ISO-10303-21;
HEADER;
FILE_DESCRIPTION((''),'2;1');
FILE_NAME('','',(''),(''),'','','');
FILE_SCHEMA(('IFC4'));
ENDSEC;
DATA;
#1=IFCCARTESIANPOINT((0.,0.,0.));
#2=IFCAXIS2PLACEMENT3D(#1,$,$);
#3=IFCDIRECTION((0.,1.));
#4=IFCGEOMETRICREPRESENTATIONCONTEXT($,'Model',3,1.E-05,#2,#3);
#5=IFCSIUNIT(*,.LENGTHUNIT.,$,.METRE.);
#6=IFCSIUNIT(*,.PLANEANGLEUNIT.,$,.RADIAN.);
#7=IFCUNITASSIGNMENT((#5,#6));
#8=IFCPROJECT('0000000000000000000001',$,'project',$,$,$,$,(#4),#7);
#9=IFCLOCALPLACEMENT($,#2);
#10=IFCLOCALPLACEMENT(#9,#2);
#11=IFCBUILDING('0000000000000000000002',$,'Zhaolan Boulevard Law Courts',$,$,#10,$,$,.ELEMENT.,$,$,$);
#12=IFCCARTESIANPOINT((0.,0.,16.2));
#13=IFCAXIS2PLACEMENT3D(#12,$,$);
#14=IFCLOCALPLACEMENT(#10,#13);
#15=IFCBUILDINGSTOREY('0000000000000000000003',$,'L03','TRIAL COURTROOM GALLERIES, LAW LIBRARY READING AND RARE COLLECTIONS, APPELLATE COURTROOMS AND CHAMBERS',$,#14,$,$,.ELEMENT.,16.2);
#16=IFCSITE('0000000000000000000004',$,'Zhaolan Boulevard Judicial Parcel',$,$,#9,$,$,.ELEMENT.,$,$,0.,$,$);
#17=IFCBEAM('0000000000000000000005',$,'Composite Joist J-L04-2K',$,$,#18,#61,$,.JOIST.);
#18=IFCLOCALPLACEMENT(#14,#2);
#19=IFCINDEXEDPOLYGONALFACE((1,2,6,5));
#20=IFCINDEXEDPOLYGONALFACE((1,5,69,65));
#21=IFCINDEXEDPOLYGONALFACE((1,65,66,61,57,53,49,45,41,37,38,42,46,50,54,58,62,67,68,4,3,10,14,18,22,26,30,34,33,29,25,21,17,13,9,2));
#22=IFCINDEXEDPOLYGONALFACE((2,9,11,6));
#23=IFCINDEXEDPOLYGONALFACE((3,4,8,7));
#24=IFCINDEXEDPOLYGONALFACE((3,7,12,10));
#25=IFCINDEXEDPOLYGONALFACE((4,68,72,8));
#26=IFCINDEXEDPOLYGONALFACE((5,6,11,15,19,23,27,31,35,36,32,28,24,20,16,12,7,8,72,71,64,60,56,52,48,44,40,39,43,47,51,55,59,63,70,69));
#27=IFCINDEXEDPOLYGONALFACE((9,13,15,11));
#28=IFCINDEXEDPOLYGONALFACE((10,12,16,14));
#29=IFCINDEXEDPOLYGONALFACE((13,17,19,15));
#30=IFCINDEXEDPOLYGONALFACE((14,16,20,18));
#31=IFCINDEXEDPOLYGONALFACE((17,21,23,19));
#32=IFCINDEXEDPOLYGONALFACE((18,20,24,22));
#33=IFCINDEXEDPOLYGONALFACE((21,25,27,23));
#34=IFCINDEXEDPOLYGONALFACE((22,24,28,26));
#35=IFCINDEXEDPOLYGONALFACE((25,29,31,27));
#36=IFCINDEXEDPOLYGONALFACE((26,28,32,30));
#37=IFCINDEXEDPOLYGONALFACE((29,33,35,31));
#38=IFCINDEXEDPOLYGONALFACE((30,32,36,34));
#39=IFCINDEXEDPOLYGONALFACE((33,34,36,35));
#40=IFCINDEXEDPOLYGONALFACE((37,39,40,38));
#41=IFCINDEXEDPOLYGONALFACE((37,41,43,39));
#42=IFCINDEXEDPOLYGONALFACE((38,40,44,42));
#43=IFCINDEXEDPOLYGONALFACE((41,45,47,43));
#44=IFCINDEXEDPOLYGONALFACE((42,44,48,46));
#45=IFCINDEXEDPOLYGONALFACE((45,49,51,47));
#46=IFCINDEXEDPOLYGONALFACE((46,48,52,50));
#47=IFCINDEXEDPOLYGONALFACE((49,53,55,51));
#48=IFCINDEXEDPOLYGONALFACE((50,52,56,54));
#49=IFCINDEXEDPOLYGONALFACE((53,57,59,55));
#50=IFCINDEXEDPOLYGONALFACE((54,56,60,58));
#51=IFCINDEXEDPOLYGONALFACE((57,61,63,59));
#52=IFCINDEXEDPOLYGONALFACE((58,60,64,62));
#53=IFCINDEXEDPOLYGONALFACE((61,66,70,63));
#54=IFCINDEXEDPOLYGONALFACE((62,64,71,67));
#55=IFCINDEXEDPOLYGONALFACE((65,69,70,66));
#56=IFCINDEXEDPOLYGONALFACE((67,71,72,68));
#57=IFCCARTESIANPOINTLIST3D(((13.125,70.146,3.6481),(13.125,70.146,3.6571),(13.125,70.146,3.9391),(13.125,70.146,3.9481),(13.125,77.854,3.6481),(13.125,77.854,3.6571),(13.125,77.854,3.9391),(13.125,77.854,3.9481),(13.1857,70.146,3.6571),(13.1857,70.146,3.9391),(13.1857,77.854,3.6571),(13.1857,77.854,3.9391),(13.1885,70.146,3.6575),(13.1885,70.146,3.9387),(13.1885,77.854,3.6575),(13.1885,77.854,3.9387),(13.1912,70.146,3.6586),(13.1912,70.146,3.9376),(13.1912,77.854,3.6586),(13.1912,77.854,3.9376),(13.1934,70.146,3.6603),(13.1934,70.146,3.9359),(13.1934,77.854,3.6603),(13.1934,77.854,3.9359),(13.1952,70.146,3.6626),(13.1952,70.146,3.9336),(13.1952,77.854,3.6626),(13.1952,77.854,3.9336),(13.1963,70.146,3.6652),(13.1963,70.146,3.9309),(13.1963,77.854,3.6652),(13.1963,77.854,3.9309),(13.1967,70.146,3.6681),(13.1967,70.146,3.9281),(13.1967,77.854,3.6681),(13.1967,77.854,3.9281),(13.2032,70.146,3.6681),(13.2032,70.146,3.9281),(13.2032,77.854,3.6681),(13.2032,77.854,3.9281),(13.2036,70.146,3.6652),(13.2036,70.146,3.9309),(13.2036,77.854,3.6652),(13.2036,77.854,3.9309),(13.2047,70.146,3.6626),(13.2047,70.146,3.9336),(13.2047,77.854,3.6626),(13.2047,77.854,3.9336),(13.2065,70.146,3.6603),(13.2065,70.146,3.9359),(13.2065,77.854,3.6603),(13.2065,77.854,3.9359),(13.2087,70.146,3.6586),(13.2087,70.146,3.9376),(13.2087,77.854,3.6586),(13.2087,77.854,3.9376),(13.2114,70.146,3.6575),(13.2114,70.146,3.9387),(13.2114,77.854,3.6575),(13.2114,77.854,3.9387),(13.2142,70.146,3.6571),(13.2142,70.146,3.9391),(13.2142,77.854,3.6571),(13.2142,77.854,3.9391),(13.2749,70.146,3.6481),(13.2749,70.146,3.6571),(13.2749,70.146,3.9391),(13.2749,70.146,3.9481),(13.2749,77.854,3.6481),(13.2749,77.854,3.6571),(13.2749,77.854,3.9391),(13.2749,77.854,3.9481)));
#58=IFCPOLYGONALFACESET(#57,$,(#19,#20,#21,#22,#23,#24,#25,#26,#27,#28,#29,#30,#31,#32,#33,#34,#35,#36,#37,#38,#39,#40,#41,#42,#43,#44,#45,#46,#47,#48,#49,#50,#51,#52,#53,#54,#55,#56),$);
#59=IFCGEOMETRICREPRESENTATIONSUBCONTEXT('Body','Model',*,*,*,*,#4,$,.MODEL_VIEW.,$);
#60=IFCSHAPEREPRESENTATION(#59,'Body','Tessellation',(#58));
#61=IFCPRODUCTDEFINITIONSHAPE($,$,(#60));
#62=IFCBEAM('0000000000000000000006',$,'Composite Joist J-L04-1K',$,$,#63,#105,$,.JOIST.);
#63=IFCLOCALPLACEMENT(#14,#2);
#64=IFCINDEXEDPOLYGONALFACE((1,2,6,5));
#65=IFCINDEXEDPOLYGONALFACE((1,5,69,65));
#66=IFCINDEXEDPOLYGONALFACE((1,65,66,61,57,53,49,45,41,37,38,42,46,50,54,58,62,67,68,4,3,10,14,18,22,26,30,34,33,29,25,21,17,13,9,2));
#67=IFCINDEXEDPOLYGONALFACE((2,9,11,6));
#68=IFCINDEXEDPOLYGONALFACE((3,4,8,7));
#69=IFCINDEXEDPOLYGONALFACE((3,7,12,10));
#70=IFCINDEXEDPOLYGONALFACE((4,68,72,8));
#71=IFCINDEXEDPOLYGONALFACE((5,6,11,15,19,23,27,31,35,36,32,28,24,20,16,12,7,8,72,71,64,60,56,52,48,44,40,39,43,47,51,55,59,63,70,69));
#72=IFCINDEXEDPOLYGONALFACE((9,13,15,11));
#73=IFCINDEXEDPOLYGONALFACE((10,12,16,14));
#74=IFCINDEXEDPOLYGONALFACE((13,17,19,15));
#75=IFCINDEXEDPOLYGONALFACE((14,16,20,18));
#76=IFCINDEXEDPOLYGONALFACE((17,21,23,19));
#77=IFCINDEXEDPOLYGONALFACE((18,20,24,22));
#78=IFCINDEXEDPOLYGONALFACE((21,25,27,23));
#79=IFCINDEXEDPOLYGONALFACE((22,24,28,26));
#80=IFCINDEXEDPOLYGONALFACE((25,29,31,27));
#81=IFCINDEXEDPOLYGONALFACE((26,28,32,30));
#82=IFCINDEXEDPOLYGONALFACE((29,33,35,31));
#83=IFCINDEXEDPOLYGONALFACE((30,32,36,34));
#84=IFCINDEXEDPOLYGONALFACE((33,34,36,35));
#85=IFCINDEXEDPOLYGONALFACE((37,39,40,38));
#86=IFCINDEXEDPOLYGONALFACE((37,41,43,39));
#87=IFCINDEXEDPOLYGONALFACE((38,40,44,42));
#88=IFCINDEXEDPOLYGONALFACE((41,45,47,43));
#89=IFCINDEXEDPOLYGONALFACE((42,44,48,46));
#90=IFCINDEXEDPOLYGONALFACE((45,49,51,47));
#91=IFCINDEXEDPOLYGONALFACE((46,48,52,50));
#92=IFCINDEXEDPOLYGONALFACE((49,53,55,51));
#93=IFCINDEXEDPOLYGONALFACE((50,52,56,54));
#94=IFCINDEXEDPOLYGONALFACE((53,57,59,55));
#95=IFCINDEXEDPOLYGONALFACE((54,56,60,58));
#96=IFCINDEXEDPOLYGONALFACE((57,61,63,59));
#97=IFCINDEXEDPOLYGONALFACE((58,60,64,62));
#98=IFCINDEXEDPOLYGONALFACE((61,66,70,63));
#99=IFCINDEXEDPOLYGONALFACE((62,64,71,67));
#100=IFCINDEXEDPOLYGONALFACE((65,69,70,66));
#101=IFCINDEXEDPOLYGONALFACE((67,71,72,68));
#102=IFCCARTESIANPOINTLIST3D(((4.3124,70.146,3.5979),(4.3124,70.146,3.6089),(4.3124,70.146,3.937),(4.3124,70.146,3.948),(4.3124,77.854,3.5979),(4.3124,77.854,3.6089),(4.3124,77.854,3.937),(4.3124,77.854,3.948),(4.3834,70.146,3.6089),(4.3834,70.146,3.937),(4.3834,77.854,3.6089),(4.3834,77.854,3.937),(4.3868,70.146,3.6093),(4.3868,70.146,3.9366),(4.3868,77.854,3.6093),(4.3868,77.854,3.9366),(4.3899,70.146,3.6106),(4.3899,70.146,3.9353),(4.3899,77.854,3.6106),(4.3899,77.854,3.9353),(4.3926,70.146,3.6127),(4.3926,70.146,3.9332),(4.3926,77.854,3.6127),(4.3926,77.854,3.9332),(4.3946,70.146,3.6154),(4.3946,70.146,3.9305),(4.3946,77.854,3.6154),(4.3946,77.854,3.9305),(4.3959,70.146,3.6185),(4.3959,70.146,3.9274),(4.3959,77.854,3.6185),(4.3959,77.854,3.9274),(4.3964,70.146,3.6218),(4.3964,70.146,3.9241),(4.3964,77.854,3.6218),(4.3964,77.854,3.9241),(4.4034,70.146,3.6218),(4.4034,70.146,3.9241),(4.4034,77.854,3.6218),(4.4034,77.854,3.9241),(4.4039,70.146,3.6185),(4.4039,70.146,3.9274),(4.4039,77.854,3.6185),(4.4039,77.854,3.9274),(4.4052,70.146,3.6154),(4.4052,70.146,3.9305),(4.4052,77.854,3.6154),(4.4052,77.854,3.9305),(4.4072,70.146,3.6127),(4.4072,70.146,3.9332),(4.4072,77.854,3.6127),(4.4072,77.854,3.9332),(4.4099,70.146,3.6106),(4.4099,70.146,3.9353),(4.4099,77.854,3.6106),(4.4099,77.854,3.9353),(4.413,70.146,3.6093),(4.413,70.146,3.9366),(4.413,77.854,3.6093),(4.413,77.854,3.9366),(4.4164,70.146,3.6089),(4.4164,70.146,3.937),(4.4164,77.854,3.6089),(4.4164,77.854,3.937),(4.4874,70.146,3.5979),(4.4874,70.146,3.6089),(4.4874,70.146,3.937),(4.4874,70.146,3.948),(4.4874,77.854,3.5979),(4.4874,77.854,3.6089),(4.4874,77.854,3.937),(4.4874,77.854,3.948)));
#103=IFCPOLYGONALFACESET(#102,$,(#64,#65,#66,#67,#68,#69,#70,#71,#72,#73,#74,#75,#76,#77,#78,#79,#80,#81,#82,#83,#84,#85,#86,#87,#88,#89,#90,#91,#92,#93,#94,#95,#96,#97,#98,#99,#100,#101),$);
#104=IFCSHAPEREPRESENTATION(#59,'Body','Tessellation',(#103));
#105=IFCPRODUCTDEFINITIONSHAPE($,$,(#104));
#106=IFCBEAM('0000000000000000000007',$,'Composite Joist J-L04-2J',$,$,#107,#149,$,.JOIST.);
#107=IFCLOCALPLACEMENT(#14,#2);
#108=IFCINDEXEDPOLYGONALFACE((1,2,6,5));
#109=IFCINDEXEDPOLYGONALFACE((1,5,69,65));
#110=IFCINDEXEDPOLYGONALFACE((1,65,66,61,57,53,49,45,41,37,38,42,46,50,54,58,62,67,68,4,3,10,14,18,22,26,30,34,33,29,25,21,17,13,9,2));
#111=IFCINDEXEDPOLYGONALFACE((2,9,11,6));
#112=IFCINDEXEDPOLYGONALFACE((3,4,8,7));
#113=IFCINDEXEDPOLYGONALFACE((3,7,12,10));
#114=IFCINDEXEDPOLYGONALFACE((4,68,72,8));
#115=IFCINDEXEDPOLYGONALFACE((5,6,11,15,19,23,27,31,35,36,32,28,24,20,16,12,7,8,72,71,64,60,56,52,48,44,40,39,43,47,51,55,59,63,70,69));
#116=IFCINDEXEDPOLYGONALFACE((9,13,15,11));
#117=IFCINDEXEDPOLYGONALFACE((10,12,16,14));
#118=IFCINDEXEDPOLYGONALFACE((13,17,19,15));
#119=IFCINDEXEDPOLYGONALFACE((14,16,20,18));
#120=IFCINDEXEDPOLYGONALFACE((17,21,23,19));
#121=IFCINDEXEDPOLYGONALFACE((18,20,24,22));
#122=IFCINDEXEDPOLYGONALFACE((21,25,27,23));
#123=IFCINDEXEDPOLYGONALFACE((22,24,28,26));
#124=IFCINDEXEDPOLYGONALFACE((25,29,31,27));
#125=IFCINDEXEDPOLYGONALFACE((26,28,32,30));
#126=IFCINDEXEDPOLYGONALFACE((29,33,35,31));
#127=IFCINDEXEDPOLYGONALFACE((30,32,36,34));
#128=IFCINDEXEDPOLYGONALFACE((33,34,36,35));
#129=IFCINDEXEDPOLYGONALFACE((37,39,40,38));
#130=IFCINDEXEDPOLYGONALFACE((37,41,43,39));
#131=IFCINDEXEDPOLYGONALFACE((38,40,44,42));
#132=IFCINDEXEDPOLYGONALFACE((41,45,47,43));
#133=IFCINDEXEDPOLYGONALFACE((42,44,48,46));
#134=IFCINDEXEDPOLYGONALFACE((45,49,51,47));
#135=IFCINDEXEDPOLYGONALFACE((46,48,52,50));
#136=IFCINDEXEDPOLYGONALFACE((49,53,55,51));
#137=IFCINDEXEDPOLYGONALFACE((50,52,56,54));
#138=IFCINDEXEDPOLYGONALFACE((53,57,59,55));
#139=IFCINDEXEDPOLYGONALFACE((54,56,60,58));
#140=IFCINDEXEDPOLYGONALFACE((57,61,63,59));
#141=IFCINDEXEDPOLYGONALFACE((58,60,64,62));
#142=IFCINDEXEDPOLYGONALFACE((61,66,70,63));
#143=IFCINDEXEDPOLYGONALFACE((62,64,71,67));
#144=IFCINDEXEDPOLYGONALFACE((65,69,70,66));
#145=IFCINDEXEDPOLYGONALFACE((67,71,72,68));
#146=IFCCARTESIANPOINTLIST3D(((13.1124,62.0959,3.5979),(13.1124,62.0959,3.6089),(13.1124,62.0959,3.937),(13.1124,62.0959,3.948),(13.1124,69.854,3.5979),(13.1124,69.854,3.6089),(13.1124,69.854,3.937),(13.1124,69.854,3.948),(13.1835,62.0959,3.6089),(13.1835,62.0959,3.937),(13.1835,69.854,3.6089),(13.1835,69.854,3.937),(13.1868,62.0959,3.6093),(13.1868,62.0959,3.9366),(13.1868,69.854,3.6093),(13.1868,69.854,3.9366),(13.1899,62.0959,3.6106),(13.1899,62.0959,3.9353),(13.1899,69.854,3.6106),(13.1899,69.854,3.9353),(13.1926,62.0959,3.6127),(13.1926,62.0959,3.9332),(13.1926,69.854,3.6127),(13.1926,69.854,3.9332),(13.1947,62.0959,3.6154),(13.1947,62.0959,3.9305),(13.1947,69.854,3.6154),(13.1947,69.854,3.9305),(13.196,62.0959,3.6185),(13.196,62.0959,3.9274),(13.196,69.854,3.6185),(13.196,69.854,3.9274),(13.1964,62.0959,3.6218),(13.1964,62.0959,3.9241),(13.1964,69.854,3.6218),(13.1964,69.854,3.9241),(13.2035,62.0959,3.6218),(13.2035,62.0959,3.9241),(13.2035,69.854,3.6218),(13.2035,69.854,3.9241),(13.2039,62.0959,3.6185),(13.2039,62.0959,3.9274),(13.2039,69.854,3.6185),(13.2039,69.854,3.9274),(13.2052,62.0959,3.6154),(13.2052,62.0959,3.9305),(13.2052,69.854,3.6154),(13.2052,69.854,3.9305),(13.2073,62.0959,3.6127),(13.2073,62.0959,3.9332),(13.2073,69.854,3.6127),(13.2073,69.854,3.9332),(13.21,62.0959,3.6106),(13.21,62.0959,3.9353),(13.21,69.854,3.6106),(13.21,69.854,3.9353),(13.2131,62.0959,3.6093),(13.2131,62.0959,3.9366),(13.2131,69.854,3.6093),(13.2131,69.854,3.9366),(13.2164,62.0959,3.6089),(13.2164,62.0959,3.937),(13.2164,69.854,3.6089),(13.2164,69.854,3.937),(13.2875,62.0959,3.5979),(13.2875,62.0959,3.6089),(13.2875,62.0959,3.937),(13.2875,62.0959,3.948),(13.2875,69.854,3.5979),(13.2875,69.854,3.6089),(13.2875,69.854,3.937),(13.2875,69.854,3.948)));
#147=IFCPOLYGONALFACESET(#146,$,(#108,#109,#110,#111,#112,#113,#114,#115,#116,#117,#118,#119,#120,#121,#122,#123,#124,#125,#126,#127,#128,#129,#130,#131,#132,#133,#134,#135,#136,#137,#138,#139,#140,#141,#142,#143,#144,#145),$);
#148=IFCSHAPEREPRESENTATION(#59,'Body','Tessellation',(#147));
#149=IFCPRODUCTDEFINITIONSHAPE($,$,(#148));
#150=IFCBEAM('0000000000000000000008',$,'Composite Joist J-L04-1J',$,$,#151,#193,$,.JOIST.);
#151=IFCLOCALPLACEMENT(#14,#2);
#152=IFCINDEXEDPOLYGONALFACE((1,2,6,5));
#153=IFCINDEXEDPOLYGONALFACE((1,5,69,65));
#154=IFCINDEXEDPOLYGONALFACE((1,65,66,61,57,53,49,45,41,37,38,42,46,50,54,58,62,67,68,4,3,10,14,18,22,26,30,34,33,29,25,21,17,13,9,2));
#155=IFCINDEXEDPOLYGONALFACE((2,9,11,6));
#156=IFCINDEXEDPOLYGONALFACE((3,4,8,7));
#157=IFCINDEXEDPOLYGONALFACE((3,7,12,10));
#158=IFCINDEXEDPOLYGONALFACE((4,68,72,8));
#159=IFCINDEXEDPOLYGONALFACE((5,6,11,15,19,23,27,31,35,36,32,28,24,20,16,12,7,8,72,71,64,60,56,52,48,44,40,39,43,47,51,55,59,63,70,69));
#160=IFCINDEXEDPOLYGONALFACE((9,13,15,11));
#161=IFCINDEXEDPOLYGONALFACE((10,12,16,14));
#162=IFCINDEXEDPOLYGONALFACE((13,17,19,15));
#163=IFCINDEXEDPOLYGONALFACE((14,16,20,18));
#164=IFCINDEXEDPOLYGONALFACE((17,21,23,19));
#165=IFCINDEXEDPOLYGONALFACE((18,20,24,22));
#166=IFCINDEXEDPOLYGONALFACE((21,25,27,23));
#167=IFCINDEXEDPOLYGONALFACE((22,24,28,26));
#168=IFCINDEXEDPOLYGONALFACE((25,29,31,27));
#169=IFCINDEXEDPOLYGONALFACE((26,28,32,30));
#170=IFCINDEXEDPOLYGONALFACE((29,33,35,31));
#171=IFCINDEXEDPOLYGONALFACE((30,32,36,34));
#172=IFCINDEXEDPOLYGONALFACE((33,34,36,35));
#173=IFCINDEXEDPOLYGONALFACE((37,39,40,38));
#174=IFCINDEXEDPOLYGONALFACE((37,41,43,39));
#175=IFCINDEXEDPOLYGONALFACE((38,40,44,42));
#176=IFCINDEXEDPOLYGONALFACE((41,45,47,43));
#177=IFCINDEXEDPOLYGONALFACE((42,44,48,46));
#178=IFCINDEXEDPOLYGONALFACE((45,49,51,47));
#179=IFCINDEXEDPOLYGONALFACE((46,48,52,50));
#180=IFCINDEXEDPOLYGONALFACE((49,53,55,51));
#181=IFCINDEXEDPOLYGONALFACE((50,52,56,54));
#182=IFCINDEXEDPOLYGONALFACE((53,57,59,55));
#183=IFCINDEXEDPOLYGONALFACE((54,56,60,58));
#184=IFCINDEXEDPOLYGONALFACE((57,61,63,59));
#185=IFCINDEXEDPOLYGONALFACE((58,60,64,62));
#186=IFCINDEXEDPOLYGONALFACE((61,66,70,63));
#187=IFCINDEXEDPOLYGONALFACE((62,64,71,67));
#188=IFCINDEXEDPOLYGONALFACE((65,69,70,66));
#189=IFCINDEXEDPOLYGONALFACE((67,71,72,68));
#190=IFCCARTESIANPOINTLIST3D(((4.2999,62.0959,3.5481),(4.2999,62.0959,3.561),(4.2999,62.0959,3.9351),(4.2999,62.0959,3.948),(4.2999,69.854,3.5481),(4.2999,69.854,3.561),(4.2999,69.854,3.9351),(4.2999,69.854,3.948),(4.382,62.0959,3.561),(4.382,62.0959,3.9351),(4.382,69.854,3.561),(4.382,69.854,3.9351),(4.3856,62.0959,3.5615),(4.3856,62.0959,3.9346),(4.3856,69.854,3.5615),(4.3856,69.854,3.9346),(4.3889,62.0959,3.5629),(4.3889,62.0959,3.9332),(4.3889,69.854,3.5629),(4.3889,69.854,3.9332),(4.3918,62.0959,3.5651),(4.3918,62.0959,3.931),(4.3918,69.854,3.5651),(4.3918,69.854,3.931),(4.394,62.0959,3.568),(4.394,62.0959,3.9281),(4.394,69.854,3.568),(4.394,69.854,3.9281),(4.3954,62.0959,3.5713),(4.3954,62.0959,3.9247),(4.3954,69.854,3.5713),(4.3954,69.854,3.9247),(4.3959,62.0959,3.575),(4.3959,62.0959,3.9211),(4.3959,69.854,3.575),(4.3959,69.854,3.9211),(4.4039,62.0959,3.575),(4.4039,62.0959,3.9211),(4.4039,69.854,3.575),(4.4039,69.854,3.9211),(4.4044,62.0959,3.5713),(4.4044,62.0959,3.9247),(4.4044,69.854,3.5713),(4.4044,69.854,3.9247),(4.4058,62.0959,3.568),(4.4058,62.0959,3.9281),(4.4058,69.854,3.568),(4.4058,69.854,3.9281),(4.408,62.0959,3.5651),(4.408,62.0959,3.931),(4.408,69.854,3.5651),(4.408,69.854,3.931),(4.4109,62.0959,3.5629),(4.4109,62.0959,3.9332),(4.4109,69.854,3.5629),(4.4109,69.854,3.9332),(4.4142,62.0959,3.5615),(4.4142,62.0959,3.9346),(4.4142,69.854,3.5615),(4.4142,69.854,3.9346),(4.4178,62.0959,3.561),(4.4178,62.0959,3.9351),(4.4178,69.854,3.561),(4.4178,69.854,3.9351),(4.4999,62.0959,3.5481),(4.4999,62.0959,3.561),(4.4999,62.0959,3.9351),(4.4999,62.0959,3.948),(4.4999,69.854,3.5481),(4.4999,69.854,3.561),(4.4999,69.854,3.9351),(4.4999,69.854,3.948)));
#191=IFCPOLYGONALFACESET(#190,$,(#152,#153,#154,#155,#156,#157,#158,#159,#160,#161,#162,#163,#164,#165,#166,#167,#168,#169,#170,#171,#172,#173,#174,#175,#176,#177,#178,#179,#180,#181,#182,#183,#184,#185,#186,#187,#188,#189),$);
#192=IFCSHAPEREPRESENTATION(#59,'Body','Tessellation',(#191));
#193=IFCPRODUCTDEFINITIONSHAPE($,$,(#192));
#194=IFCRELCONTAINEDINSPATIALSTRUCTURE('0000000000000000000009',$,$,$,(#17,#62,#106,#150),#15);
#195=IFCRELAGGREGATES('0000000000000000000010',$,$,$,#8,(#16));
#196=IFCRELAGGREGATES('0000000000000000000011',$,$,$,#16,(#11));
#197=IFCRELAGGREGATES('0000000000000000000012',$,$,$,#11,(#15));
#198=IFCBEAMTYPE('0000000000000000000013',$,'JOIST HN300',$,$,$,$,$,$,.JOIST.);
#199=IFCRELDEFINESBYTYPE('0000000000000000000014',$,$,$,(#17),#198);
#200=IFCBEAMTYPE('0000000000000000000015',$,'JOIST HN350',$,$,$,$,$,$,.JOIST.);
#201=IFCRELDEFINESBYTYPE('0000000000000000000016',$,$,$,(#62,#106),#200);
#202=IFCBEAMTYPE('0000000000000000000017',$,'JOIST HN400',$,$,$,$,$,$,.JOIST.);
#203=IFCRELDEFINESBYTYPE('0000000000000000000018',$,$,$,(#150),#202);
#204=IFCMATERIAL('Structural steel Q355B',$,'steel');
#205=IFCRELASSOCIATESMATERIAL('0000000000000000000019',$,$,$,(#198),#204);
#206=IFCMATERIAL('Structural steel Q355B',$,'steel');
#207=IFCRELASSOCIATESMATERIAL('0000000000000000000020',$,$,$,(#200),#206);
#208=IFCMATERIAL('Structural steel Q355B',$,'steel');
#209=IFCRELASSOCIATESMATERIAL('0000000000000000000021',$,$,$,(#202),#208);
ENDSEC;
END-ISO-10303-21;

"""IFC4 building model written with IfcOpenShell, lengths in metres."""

from ifc_helpers import new_model, si_unit, direction, frame, origin, origin_2d, place, context, subcontext, project, spatial, i_section, extrude, material, material_profile, profile_set, type_object, element, save


model = new_model("IFC4")

# Units and contexts
model_context = context("Model", 3, precision=1e-05, world=origin(), true_north=direction((0.0, 1.0)))
body_context = subcontext(model_context, "Body", "Model", "MODEL_VIEW")
ifc_project = project(units=[si_unit("LENGTHUNIT", "METRE"), si_unit("PLANEANGLEUNIT", "RADIAN")], contexts=[model_context])

# Site, building, storey
site_placement = place(None, origin())
site = spatial("IfcSite", under=ifc_project, at=site_placement, Name="Zhaolan Boulevard Judicial Parcel", CompositionType="ELEMENT", RefElevation=0.0)
building_placement = place(site_placement, origin())
building = spatial("IfcBuilding", under=site, at=building_placement, Name="Zhaolan Boulevard Law Courts", CompositionType="ELEMENT")
storey_placement = place(building_placement, frame((0.0, 0.0, 16.2)))
storey = spatial("IfcBuildingStorey", under=building, at=storey_placement, Name="L03", Description="TRIAL COURTROOM GALLERIES, LAW LIBRARY READING AND RARE COLLECTIONS, APPELLATE COURTROOMS AND CHAMBERS", CompositionType="ELEMENT", Elevation=16.2)

# Beams
ifc_material_1 = material(Name="Structural steel Q355B", Category="steel")
ifc_material_profile_1 = material_profile(ifc_material_1, i_section(OverallWidth=0.1499, OverallDepth=0.3, WebThickness=0.0066, FlangeThickness=0.009, FilletRadius=0.011, at=origin_2d()), Name="HN300x150")
ifc_profile_set_1 = profile_set([ifc_material_profile_1], Name="Structural steel Q355B")
beam_type_1 = type_object("IfcBeamType", Name="JOIST HN300", PredefinedType="JOIST", material=ifc_profile_set_1)
beam_1_placement = place(storey_placement, frame((13.2, 70.146, 3.7981), z_axis=(0.0, 1.0, 0.0), x_axis=(-1.0, 0.0, 0.0)))
element("IfcBeam", 1, at=beam_1_placement, inside=storey, type_object=beam_type_1, Name="Composite Joist J-L04-2K", PredefinedType="JOIST", context=body_context, shape_type="SweptSolid", body=[
    extrude(i_section(OverallWidth=0.1499, OverallDepth=0.3, WebThickness=0.0066, FlangeThickness=0.009, FilletRadius=0.011, at=origin_2d()), origin(), (0.0, 0.0, 1.0), 7.708),
])
ifc_material_2 = material(Name="Structural steel Q355B", Category="steel")
ifc_material_profile_2 = material_profile(ifc_material_2, i_section(OverallWidth=0.175, OverallDepth=0.3501, WebThickness=0.0071, FlangeThickness=0.011, FilletRadius=0.0129, at=origin_2d()), Name="HN350x175")
ifc_profile_set_2 = profile_set([ifc_material_profile_2], Name="Structural steel Q355B")
beam_type_2 = type_object("IfcBeamType", Name="JOIST HN350", PredefinedType="JOIST", material=ifc_profile_set_2)
beam_2_placement = place(storey_placement, frame((4.3999, 70.146, 3.7729), z_axis=(0.0, 1.0, 0.0), x_axis=(-1.0, 0.0, 0.0)))
element("IfcBeam", 2, at=beam_2_placement, inside=storey, type_object=beam_type_2, Name="Composite Joist J-L04-1K", PredefinedType="JOIST", context=body_context, shape_type="SweptSolid", body=[
    extrude(i_section(OverallWidth=0.175, OverallDepth=0.3501, WebThickness=0.0071, FlangeThickness=0.011, FilletRadius=0.0129, at=origin_2d()), origin(), (0.0, 0.0, 1.0), 7.708),
])
beam_3_placement = place(storey_placement, frame((13.2, 62.0959, 3.7729), z_axis=(0.0, 1.0, 0.0), x_axis=(-1.0, 0.0, 0.0)))
element("IfcBeam", 3, at=beam_3_placement, inside=storey, type_object=beam_type_2, Name="Composite Joist J-L04-2J", PredefinedType="JOIST", context=body_context, shape_type="SweptSolid", body=[
    extrude(i_section(OverallWidth=0.175, OverallDepth=0.3501, WebThickness=0.0071, FlangeThickness=0.011, FilletRadius=0.0129, at=origin_2d()), origin(), (0.0, 0.0, 1.0), 7.7581),
])
ifc_material_3 = material(Name="Structural steel Q355B", Category="steel")
ifc_material_profile_3 = material_profile(ifc_material_3, i_section(OverallWidth=0.2, OverallDepth=0.3999, WebThickness=0.0081, FlangeThickness=0.0129, FilletRadius=0.0139, at=origin_2d()), Name="HN400x200")
ifc_profile_set_3 = profile_set([ifc_material_profile_3], Name="Structural steel Q355B")
beam_type_3 = type_object("IfcBeamType", Name="JOIST HN400", PredefinedType="JOIST", material=ifc_profile_set_3)
beam_4_placement = place(storey_placement, frame((4.3999, 62.0959, 3.748), z_axis=(0.0, 1.0, 0.0), x_axis=(-1.0, 0.0, 0.0)))
element("IfcBeam", 4, at=beam_4_placement, inside=storey, type_object=beam_type_3, Name="Composite Joist J-L04-1J", PredefinedType="JOIST", context=body_context, shape_type="SweptSolid", body=[
    extrude(i_section(OverallWidth=0.2, OverallDepth=0.3999, WebThickness=0.0081, FlangeThickness=0.0129, FilletRadius=0.0139, at=origin_2d()), origin(), (0.0, 0.0, 1.0), 7.7581),
])

save(model, "model.ifc")
